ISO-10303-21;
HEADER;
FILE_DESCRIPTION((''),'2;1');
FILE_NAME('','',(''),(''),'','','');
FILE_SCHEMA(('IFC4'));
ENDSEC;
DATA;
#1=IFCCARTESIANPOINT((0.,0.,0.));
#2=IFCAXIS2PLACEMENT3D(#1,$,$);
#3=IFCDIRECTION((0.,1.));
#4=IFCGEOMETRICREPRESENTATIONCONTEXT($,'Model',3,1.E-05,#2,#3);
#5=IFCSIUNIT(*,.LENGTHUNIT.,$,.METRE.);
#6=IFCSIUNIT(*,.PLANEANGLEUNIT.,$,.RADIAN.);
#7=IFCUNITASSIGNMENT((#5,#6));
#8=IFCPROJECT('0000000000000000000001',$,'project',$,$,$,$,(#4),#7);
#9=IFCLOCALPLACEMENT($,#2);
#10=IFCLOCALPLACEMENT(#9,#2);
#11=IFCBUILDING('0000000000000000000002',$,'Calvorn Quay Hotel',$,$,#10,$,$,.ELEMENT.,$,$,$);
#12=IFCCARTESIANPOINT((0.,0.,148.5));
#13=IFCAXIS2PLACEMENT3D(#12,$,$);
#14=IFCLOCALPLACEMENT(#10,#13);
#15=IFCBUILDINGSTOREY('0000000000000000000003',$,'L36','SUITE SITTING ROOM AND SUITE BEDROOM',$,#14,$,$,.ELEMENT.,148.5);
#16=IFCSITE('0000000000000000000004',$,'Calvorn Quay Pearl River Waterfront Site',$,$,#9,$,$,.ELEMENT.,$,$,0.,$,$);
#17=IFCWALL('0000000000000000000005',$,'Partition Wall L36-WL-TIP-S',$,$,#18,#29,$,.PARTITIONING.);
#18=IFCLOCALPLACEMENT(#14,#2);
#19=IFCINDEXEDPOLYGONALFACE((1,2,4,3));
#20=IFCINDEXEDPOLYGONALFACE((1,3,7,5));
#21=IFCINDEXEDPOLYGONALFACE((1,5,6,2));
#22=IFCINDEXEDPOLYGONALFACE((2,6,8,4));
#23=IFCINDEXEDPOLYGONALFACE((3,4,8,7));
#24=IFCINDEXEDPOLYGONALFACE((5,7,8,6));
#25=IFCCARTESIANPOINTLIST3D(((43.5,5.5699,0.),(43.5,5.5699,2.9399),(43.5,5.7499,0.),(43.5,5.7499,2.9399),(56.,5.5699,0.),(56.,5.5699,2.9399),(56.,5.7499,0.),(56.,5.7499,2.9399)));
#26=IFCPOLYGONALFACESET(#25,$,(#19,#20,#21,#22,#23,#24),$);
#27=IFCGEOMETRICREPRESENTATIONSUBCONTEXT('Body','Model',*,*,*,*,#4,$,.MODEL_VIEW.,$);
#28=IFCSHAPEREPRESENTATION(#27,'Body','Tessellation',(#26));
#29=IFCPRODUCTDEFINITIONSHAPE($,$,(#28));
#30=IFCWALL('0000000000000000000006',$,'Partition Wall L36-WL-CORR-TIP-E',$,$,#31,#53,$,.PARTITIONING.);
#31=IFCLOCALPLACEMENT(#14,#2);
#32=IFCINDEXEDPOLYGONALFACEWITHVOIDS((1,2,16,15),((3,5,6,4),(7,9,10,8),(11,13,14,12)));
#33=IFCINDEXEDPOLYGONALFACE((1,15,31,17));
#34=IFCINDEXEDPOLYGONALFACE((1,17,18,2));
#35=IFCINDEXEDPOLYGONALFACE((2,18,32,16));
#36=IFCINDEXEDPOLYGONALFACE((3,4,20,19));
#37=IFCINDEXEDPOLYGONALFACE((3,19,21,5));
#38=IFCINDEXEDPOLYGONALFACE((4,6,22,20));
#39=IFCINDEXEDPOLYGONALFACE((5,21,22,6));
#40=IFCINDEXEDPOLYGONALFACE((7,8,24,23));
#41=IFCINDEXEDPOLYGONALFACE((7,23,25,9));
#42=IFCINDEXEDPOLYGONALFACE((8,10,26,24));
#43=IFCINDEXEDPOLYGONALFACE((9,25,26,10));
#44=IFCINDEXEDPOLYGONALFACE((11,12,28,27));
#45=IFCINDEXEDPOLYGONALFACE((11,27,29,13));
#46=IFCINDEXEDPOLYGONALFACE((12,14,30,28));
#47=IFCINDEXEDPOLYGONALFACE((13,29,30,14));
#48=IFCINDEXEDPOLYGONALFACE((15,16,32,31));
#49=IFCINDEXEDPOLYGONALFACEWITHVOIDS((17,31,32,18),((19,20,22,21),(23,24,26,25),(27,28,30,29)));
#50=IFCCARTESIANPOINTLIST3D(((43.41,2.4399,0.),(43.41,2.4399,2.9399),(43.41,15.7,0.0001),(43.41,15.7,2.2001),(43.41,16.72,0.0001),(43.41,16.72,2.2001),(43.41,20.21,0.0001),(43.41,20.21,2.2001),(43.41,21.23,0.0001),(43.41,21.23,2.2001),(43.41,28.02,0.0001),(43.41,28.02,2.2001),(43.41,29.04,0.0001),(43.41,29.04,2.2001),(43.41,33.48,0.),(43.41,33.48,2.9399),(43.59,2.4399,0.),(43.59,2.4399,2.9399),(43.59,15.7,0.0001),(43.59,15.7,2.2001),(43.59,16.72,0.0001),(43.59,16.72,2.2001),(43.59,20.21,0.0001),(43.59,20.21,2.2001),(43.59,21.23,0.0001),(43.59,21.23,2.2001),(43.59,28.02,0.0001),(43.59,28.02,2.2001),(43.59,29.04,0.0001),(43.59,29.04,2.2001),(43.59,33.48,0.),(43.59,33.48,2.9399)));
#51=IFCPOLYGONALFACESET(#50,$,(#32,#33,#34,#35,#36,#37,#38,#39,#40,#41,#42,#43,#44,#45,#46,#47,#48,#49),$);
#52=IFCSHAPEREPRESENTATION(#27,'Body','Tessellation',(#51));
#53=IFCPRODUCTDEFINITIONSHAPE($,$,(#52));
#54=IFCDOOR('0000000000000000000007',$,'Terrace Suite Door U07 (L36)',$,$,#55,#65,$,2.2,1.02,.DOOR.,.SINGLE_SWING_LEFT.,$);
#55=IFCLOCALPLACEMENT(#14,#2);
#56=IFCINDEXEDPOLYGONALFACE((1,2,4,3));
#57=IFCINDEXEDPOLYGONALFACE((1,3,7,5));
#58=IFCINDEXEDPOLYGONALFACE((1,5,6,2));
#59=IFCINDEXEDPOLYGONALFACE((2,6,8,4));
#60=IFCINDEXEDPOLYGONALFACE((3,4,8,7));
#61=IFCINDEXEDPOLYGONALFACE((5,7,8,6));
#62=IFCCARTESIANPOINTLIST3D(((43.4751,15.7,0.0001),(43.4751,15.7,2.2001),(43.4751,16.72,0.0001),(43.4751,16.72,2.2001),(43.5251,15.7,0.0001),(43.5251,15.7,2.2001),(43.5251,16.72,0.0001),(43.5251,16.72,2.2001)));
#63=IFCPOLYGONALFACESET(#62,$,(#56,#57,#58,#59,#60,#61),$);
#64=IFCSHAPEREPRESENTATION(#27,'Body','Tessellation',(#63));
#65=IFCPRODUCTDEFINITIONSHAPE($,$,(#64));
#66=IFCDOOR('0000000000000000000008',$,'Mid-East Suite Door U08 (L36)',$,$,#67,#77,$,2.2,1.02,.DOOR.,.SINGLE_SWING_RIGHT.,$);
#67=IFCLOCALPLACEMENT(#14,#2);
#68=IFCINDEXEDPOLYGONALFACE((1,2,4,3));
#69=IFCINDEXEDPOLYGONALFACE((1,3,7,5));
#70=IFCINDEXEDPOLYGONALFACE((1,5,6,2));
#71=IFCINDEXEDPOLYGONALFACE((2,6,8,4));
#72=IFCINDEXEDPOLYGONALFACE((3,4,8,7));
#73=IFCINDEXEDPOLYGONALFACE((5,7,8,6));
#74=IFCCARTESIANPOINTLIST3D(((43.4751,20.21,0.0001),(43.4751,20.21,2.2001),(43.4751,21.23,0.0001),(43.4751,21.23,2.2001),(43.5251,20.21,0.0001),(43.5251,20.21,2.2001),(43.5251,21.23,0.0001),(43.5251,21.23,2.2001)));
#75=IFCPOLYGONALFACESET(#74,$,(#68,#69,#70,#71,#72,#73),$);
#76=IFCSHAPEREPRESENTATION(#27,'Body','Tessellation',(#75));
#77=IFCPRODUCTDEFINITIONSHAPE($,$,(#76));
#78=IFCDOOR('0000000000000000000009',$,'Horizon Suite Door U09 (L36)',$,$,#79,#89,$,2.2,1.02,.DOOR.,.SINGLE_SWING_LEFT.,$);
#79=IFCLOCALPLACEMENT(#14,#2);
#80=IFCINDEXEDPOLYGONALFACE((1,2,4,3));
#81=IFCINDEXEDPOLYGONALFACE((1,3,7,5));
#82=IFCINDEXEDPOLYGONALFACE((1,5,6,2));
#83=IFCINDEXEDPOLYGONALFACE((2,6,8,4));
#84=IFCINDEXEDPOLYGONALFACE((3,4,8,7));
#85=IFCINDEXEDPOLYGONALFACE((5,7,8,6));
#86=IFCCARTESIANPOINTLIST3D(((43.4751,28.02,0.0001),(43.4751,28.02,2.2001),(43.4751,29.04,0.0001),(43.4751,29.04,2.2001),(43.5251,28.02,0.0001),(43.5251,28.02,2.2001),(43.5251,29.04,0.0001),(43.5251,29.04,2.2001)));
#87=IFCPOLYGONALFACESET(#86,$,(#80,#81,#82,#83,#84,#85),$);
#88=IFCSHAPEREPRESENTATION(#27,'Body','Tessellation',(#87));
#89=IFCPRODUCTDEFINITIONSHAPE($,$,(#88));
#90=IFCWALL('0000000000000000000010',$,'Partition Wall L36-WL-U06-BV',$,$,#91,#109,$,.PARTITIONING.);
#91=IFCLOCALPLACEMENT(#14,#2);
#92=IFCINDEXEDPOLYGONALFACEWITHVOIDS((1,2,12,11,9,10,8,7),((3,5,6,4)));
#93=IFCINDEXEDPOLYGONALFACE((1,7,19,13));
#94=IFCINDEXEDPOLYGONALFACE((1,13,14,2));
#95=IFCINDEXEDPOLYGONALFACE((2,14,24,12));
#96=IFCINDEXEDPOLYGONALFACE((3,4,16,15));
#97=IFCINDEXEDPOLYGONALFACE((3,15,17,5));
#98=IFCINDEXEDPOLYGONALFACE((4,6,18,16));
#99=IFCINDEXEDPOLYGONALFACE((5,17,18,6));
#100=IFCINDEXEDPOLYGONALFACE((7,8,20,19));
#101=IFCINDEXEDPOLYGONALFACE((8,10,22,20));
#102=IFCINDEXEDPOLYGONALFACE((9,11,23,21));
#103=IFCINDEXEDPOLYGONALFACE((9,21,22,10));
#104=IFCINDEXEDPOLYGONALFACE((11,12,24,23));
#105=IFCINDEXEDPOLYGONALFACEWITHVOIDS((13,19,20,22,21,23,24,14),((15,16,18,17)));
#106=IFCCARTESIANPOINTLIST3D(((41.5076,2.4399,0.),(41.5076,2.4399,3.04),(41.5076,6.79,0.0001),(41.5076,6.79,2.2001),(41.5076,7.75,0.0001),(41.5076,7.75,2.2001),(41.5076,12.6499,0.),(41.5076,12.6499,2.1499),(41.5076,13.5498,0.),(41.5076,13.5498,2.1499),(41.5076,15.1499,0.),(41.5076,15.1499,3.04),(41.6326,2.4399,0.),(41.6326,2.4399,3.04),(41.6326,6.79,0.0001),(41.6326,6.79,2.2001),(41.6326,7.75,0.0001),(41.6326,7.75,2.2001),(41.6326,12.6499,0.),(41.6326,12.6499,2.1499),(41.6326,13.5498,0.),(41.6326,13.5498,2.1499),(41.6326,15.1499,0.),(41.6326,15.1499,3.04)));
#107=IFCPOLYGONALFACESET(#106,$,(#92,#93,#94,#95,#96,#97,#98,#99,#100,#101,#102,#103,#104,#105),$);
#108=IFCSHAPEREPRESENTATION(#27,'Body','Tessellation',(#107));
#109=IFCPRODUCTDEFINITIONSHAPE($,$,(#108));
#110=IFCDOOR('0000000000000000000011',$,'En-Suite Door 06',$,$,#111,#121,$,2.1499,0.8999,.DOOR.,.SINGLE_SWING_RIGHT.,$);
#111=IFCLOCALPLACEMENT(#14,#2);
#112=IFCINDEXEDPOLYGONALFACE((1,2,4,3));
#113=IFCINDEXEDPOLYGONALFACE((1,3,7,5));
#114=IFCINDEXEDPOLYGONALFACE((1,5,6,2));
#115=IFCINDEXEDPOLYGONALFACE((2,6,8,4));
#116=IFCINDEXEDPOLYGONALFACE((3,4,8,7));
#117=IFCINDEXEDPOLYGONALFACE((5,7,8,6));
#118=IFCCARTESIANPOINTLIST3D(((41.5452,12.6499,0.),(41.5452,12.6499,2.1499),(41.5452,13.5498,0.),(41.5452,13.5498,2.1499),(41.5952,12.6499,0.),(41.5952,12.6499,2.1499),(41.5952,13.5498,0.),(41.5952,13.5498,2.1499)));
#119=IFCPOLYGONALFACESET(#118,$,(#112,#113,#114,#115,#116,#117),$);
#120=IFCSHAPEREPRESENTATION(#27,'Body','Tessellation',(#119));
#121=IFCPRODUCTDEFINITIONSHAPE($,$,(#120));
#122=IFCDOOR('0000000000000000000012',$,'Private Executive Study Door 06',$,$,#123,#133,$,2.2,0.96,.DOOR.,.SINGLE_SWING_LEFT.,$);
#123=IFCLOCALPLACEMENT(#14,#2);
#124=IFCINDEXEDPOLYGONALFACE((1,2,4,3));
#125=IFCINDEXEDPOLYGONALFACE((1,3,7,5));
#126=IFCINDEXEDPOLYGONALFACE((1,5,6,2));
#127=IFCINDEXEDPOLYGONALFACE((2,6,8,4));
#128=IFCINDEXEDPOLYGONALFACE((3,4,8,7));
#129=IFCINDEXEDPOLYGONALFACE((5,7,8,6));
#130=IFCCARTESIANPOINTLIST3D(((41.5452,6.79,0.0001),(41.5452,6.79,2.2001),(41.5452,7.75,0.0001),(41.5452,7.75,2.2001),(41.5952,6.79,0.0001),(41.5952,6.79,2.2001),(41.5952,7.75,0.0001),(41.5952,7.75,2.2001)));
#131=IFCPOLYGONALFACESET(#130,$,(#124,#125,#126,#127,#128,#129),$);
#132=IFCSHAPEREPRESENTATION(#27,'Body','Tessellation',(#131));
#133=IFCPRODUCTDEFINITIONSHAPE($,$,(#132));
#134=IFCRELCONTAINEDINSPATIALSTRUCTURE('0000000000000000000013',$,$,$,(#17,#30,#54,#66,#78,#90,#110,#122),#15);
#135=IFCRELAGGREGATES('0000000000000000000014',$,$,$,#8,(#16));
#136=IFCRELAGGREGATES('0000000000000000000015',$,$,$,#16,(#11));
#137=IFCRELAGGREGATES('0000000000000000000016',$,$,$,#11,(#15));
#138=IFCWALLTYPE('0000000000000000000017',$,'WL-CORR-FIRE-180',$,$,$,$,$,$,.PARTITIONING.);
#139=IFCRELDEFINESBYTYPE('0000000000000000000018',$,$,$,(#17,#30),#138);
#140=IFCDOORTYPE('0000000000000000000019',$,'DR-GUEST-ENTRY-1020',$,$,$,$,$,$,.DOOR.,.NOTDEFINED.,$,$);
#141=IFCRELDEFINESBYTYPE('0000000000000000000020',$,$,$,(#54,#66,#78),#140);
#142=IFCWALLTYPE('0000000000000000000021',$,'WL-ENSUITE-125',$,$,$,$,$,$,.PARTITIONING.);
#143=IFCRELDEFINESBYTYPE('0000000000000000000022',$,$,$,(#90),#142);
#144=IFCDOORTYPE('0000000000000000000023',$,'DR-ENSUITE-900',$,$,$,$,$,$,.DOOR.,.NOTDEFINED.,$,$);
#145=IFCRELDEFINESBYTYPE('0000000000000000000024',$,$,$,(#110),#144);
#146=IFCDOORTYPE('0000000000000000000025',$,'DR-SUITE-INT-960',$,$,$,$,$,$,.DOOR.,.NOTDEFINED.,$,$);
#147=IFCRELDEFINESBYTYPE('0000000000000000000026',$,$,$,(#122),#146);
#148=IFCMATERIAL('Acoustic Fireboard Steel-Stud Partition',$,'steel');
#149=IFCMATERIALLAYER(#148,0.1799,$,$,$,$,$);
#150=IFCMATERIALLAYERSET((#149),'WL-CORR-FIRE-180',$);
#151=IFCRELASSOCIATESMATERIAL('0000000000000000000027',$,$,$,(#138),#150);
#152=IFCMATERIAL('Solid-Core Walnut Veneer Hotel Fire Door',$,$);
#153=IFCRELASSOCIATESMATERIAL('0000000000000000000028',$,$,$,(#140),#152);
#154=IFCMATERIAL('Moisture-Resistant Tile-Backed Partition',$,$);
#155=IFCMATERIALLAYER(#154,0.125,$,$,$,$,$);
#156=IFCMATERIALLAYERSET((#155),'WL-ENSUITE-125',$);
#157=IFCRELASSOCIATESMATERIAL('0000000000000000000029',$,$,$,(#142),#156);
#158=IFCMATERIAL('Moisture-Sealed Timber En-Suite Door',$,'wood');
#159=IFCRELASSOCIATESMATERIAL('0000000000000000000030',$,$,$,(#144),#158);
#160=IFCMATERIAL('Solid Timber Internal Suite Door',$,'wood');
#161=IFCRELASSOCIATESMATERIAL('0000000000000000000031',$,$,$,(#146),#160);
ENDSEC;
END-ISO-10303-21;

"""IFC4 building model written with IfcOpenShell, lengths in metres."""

from ifc_helpers import new_model, si_unit, direction, frame, frame_2d, origin, place, context, subcontext, project, spatial, rectangle, extrude, material, layer, layer_set, type_object, element, fill, save


model = new_model("IFC4")

# Units and contexts
model_context = context("Model", 3, precision=1e-05, world=origin(), true_north=direction((0.0, 1.0)))
body_context = subcontext(model_context, "Body", "Model", "MODEL_VIEW")
ifc_project = project(units=[si_unit("LENGTHUNIT", "METRE"), si_unit("PLANEANGLEUNIT", "RADIAN")], contexts=[model_context])

# Site, building, storey
site_placement = place(None, origin())
site = spatial("IfcSite", under=ifc_project, at=site_placement, Name="Calvorn Quay Pearl River Waterfront Site", CompositionType="ELEMENT", RefElevation=0.0)
building_placement = place(site_placement, origin())
building = spatial("IfcBuilding", under=site, at=building_placement, Name="Calvorn Quay Hotel", CompositionType="ELEMENT")
storey_placement = place(building_placement, frame((0.0, 0.0, 148.5)))
storey = spatial("IfcBuildingStorey", under=building, at=storey_placement, Name="L36", Description="SUITE SITTING ROOM AND SUITE BEDROOM", CompositionType="ELEMENT", Elevation=148.5)

# Wall
ifc_material_1 = material(Name="Acoustic Fireboard Steel-Stud Partition", Category="steel")
ifc_layer_1 = layer(ifc_material_1, 0.1799)
ifc_layer_set_1 = layer_set([ifc_layer_1], Name="WL-CORR-FIRE-180")
wall_type_1 = type_object("IfcWallType", Name="WL-CORR-FIRE-180", PredefinedType="PARTITIONING", material=ifc_layer_set_1)
wall_1_placement = place(storey_placement, frame((43.5, 5.6599, 0.0), z_axis=(0.0, 0.0, 1.0), x_axis=(1.0, 0.0, 0.0)))
element("IfcWall", 1, at=wall_1_placement, inside=storey, type_object=wall_type_1, Name="Partition Wall L36-WL-TIP-S", PredefinedType="PARTITIONING", context=body_context, shape_type="SweptSolid", body=[
    extrude(rectangle(XDim=12.5, YDim=0.1799, at=frame_2d((6.25, 0.0))), origin(), (0.0, 0.0, 1.0), 2.9399),
])

# Walls, openings, doors
wall_2_placement = place(storey_placement, frame((43.5, 2.4399, 0.0), z_axis=(0.0, 0.0, 1.0), x_axis=(0.0, 1.0, 0.0)))
wall_2 = element("IfcWall", 2, at=wall_2_placement, inside=storey, type_object=wall_type_1, Name="Partition Wall L36-WL-CORR-TIP-E", PredefinedType="PARTITIONING", context=body_context, shape_type="SweptSolid", body=[
    extrude(rectangle(XDim=31.04, YDim=0.1799, at=frame_2d((15.52, 0.0))), origin(), (0.0, 0.0, 1.0), 2.9399),
])
opening_1_placement = place(wall_2_placement, frame((13.26, 0.0, 0.0)))
opening_1 = element("IfcOpeningElement", 3, at=opening_1_placement, cuts=wall_2, PredefinedType="OPENING", context=body_context, shape_type="SweptSolid", body=[
    extrude(rectangle(XDim=1.02, YDim=2.2, at=frame_2d((0.51, 1.1001))), frame((0.0, 0.0999, 0.0), z_axis=(0.0, -1.0, 0.0), x_axis=(1.0, 0.0, 0.0)), (0.0, 0.0, 1.0), 0.2),
])
opening_2_placement = place(wall_2_placement, frame((17.77, 0.0, 0.0)))
opening_2 = element("IfcOpeningElement", 4, at=opening_2_placement, cuts=wall_2, PredefinedType="OPENING", context=body_context, shape_type="SweptSolid", body=[
    extrude(rectangle(XDim=1.02, YDim=2.2, at=frame_2d((0.51, 1.1001))), frame((0.0, 0.0999, 0.0), z_axis=(0.0, -1.0, 0.0), x_axis=(1.0, 0.0, 0.0)), (0.0, 0.0, 1.0), 0.2),
])
opening_3_placement = place(wall_2_placement, frame((25.5801, 0.0, 0.0)))
opening_3 = element("IfcOpeningElement", 5, at=opening_3_placement, cuts=wall_2, PredefinedType="OPENING", context=body_context, shape_type="SweptSolid", body=[
    extrude(rectangle(XDim=1.02, YDim=2.2, at=frame_2d((0.51, 1.1001))), frame((0.0, 0.0999, 0.0), z_axis=(0.0, -1.0, 0.0), x_axis=(1.0, 0.0, 0.0)), (0.0, 0.0, 1.0), 0.2),
])
ifc_material_2 = material(Name="Solid-Core Walnut Veneer Hotel Fire Door")
door_type_1 = type_object("IfcDoorType", Name="DR-GUEST-ENTRY-1020", OperationType="NOTDEFINED", PredefinedType="DOOR", material=ifc_material_2)
door_1_placement = place(opening_1_placement, origin())
door_1 = element("IfcDoor", 6, at=door_1_placement, inside=storey, type_object=door_type_1, Name="Terrace Suite Door U07 (L36)", OperationType="SINGLE_SWING_LEFT", OverallHeight=2.2, OverallWidth=1.02, PredefinedType="DOOR", context=body_context, shape_type="SweptSolid", body=[
    extrude(rectangle(XDim=1.02, YDim=2.2, at=frame_2d((0.51, 1.1001))), frame((0.0, 0.0249, 0.0), z_axis=(0.0, -1.0, 0.0), x_axis=(1.0, 0.0, 0.0)), (0.0, 0.0, 1.0), 0.05),
])
fill(opening_1, door_1)
door_2_placement = place(opening_2_placement, origin())
door_2 = element("IfcDoor", 7, at=door_2_placement, inside=storey, type_object=door_type_1, Name="Mid-East Suite Door U08 (L36)", OperationType="SINGLE_SWING_RIGHT", OverallHeight=2.2, OverallWidth=1.02, PredefinedType="DOOR", context=body_context, shape_type="SweptSolid", body=[
    extrude(rectangle(XDim=1.02, YDim=2.2, at=frame_2d((0.51, 1.1001))), frame((0.0, 0.0249, 0.0), z_axis=(0.0, -1.0, 0.0), x_axis=(1.0, 0.0, 0.0)), (0.0, 0.0, 1.0), 0.05),
])
fill(opening_2, door_2)
door_3_placement = place(opening_3_placement, origin())
door_3 = element("IfcDoor", 8, at=door_3_placement, inside=storey, type_object=door_type_1, Name="Horizon Suite Door U09 (L36)", OperationType="SINGLE_SWING_LEFT", OverallHeight=2.2, OverallWidth=1.02, PredefinedType="DOOR", context=body_context, shape_type="SweptSolid", body=[
    extrude(rectangle(XDim=1.02, YDim=2.2, at=frame_2d((0.51, 1.1001))), frame((0.0, 0.0249, 0.0), z_axis=(0.0, -1.0, 0.0), x_axis=(1.0, 0.0, 0.0)), (0.0, 0.0, 1.0), 0.05),
])
fill(opening_3, door_3)
ifc_material_3 = material(Name="Moisture-Resistant Tile-Backed Partition")
ifc_layer_2 = layer(ifc_material_3, 0.125)
ifc_layer_set_2 = layer_set([ifc_layer_2], Name="WL-ENSUITE-125")
wall_type_2 = type_object("IfcWallType", Name="WL-ENSUITE-125", PredefinedType="PARTITIONING", material=ifc_layer_set_2)
wall_3_placement = place(storey_placement, frame((41.5701, 2.4399, 0.0), z_axis=(0.0, 0.0, 1.0), x_axis=(0.0, 1.0, 0.0)))
wall_3 = element("IfcWall", 9, at=wall_3_placement, inside=storey, type_object=wall_type_2, Name="Partition Wall L36-WL-U06-BV", PredefinedType="PARTITIONING", context=body_context, shape_type="SweptSolid", body=[
    extrude(rectangle(XDim=12.71, YDim=0.125, at=frame_2d((6.355, 0.0))), origin(), (0.0, 0.0, 1.0), 3.04),
])
opening_4_placement = place(wall_3_placement, frame((4.3501, 0.0, 0.0)))
opening_4 = element("IfcOpeningElement", 10, at=opening_4_placement, cuts=wall_3, PredefinedType="OPENING", context=body_context, shape_type="SweptSolid", body=[
    extrude(rectangle(XDim=0.96, YDim=2.2, at=frame_2d((0.48, 1.1001))), frame((0.0, 0.0725, 0.0), z_axis=(0.0, -1.0, 0.0), x_axis=(1.0, 0.0, 0.0)), (0.0, 0.0, 1.0), 0.145),
])
opening_5_placement = place(wall_3_placement, frame((10.21, 0.0, 0.0)))
opening_5 = element("IfcOpeningElement", 11, at=opening_5_placement, cuts=wall_3, PredefinedType="OPENING", context=body_context, shape_type="SweptSolid", body=[
    extrude(rectangle(XDim=0.8999, YDim=2.1499, at=frame_2d((0.45, 1.075))), frame((0.0, 0.0725, 0.0), z_axis=(0.0, -1.0, 0.0), x_axis=(1.0, 0.0, 0.0)), (0.0, 0.0, 1.0), 0.145),
])
ifc_material_4 = material(Name="Moisture-Sealed Timber En-Suite Door", Category="wood")
door_type_2 = type_object("IfcDoorType", Name="DR-ENSUITE-900", OperationType="NOTDEFINED", PredefinedType="DOOR", material=ifc_material_4)
door_4_placement = place(opening_5_placement, origin())
door_4 = element("IfcDoor", 12, at=door_4_placement, inside=storey, type_object=door_type_2, Name="En-Suite Door 06", OperationType="SINGLE_SWING_RIGHT", OverallHeight=2.1499, OverallWidth=0.8999, PredefinedType="DOOR", context=body_context, shape_type="SweptSolid", body=[
    extrude(rectangle(XDim=0.8999, YDim=2.1499, at=frame_2d((0.45, 1.075))), frame((0.0, 0.0249, 0.0), z_axis=(0.0, -1.0, 0.0), x_axis=(1.0, 0.0, 0.0)), (0.0, 0.0, 1.0), 0.05),
])
fill(opening_5, door_4)
ifc_material_5 = material(Name="Solid Timber Internal Suite Door", Category="wood")
door_type_3 = type_object("IfcDoorType", Name="DR-SUITE-INT-960", OperationType="NOTDEFINED", PredefinedType="DOOR", material=ifc_material_5)
door_5_placement = place(opening_4_placement, origin())
door_5 = element("IfcDoor", 13, at=door_5_placement, inside=storey, type_object=door_type_3, Name="Private Executive Study Door 06", OperationType="SINGLE_SWING_LEFT", OverallHeight=2.2, OverallWidth=0.96, PredefinedType="DOOR", context=body_context, shape_type="SweptSolid", body=[
    extrude(rectangle(XDim=0.96, YDim=2.2, at=frame_2d((0.48, 1.1001))), frame((0.0, 0.0249, 0.0), z_axis=(0.0, -1.0, 0.0), x_axis=(1.0, 0.0, 0.0)), (0.0, 0.0, 1.0), 0.05),
])
fill(opening_4, door_5)

save(model, "model.ifc")
